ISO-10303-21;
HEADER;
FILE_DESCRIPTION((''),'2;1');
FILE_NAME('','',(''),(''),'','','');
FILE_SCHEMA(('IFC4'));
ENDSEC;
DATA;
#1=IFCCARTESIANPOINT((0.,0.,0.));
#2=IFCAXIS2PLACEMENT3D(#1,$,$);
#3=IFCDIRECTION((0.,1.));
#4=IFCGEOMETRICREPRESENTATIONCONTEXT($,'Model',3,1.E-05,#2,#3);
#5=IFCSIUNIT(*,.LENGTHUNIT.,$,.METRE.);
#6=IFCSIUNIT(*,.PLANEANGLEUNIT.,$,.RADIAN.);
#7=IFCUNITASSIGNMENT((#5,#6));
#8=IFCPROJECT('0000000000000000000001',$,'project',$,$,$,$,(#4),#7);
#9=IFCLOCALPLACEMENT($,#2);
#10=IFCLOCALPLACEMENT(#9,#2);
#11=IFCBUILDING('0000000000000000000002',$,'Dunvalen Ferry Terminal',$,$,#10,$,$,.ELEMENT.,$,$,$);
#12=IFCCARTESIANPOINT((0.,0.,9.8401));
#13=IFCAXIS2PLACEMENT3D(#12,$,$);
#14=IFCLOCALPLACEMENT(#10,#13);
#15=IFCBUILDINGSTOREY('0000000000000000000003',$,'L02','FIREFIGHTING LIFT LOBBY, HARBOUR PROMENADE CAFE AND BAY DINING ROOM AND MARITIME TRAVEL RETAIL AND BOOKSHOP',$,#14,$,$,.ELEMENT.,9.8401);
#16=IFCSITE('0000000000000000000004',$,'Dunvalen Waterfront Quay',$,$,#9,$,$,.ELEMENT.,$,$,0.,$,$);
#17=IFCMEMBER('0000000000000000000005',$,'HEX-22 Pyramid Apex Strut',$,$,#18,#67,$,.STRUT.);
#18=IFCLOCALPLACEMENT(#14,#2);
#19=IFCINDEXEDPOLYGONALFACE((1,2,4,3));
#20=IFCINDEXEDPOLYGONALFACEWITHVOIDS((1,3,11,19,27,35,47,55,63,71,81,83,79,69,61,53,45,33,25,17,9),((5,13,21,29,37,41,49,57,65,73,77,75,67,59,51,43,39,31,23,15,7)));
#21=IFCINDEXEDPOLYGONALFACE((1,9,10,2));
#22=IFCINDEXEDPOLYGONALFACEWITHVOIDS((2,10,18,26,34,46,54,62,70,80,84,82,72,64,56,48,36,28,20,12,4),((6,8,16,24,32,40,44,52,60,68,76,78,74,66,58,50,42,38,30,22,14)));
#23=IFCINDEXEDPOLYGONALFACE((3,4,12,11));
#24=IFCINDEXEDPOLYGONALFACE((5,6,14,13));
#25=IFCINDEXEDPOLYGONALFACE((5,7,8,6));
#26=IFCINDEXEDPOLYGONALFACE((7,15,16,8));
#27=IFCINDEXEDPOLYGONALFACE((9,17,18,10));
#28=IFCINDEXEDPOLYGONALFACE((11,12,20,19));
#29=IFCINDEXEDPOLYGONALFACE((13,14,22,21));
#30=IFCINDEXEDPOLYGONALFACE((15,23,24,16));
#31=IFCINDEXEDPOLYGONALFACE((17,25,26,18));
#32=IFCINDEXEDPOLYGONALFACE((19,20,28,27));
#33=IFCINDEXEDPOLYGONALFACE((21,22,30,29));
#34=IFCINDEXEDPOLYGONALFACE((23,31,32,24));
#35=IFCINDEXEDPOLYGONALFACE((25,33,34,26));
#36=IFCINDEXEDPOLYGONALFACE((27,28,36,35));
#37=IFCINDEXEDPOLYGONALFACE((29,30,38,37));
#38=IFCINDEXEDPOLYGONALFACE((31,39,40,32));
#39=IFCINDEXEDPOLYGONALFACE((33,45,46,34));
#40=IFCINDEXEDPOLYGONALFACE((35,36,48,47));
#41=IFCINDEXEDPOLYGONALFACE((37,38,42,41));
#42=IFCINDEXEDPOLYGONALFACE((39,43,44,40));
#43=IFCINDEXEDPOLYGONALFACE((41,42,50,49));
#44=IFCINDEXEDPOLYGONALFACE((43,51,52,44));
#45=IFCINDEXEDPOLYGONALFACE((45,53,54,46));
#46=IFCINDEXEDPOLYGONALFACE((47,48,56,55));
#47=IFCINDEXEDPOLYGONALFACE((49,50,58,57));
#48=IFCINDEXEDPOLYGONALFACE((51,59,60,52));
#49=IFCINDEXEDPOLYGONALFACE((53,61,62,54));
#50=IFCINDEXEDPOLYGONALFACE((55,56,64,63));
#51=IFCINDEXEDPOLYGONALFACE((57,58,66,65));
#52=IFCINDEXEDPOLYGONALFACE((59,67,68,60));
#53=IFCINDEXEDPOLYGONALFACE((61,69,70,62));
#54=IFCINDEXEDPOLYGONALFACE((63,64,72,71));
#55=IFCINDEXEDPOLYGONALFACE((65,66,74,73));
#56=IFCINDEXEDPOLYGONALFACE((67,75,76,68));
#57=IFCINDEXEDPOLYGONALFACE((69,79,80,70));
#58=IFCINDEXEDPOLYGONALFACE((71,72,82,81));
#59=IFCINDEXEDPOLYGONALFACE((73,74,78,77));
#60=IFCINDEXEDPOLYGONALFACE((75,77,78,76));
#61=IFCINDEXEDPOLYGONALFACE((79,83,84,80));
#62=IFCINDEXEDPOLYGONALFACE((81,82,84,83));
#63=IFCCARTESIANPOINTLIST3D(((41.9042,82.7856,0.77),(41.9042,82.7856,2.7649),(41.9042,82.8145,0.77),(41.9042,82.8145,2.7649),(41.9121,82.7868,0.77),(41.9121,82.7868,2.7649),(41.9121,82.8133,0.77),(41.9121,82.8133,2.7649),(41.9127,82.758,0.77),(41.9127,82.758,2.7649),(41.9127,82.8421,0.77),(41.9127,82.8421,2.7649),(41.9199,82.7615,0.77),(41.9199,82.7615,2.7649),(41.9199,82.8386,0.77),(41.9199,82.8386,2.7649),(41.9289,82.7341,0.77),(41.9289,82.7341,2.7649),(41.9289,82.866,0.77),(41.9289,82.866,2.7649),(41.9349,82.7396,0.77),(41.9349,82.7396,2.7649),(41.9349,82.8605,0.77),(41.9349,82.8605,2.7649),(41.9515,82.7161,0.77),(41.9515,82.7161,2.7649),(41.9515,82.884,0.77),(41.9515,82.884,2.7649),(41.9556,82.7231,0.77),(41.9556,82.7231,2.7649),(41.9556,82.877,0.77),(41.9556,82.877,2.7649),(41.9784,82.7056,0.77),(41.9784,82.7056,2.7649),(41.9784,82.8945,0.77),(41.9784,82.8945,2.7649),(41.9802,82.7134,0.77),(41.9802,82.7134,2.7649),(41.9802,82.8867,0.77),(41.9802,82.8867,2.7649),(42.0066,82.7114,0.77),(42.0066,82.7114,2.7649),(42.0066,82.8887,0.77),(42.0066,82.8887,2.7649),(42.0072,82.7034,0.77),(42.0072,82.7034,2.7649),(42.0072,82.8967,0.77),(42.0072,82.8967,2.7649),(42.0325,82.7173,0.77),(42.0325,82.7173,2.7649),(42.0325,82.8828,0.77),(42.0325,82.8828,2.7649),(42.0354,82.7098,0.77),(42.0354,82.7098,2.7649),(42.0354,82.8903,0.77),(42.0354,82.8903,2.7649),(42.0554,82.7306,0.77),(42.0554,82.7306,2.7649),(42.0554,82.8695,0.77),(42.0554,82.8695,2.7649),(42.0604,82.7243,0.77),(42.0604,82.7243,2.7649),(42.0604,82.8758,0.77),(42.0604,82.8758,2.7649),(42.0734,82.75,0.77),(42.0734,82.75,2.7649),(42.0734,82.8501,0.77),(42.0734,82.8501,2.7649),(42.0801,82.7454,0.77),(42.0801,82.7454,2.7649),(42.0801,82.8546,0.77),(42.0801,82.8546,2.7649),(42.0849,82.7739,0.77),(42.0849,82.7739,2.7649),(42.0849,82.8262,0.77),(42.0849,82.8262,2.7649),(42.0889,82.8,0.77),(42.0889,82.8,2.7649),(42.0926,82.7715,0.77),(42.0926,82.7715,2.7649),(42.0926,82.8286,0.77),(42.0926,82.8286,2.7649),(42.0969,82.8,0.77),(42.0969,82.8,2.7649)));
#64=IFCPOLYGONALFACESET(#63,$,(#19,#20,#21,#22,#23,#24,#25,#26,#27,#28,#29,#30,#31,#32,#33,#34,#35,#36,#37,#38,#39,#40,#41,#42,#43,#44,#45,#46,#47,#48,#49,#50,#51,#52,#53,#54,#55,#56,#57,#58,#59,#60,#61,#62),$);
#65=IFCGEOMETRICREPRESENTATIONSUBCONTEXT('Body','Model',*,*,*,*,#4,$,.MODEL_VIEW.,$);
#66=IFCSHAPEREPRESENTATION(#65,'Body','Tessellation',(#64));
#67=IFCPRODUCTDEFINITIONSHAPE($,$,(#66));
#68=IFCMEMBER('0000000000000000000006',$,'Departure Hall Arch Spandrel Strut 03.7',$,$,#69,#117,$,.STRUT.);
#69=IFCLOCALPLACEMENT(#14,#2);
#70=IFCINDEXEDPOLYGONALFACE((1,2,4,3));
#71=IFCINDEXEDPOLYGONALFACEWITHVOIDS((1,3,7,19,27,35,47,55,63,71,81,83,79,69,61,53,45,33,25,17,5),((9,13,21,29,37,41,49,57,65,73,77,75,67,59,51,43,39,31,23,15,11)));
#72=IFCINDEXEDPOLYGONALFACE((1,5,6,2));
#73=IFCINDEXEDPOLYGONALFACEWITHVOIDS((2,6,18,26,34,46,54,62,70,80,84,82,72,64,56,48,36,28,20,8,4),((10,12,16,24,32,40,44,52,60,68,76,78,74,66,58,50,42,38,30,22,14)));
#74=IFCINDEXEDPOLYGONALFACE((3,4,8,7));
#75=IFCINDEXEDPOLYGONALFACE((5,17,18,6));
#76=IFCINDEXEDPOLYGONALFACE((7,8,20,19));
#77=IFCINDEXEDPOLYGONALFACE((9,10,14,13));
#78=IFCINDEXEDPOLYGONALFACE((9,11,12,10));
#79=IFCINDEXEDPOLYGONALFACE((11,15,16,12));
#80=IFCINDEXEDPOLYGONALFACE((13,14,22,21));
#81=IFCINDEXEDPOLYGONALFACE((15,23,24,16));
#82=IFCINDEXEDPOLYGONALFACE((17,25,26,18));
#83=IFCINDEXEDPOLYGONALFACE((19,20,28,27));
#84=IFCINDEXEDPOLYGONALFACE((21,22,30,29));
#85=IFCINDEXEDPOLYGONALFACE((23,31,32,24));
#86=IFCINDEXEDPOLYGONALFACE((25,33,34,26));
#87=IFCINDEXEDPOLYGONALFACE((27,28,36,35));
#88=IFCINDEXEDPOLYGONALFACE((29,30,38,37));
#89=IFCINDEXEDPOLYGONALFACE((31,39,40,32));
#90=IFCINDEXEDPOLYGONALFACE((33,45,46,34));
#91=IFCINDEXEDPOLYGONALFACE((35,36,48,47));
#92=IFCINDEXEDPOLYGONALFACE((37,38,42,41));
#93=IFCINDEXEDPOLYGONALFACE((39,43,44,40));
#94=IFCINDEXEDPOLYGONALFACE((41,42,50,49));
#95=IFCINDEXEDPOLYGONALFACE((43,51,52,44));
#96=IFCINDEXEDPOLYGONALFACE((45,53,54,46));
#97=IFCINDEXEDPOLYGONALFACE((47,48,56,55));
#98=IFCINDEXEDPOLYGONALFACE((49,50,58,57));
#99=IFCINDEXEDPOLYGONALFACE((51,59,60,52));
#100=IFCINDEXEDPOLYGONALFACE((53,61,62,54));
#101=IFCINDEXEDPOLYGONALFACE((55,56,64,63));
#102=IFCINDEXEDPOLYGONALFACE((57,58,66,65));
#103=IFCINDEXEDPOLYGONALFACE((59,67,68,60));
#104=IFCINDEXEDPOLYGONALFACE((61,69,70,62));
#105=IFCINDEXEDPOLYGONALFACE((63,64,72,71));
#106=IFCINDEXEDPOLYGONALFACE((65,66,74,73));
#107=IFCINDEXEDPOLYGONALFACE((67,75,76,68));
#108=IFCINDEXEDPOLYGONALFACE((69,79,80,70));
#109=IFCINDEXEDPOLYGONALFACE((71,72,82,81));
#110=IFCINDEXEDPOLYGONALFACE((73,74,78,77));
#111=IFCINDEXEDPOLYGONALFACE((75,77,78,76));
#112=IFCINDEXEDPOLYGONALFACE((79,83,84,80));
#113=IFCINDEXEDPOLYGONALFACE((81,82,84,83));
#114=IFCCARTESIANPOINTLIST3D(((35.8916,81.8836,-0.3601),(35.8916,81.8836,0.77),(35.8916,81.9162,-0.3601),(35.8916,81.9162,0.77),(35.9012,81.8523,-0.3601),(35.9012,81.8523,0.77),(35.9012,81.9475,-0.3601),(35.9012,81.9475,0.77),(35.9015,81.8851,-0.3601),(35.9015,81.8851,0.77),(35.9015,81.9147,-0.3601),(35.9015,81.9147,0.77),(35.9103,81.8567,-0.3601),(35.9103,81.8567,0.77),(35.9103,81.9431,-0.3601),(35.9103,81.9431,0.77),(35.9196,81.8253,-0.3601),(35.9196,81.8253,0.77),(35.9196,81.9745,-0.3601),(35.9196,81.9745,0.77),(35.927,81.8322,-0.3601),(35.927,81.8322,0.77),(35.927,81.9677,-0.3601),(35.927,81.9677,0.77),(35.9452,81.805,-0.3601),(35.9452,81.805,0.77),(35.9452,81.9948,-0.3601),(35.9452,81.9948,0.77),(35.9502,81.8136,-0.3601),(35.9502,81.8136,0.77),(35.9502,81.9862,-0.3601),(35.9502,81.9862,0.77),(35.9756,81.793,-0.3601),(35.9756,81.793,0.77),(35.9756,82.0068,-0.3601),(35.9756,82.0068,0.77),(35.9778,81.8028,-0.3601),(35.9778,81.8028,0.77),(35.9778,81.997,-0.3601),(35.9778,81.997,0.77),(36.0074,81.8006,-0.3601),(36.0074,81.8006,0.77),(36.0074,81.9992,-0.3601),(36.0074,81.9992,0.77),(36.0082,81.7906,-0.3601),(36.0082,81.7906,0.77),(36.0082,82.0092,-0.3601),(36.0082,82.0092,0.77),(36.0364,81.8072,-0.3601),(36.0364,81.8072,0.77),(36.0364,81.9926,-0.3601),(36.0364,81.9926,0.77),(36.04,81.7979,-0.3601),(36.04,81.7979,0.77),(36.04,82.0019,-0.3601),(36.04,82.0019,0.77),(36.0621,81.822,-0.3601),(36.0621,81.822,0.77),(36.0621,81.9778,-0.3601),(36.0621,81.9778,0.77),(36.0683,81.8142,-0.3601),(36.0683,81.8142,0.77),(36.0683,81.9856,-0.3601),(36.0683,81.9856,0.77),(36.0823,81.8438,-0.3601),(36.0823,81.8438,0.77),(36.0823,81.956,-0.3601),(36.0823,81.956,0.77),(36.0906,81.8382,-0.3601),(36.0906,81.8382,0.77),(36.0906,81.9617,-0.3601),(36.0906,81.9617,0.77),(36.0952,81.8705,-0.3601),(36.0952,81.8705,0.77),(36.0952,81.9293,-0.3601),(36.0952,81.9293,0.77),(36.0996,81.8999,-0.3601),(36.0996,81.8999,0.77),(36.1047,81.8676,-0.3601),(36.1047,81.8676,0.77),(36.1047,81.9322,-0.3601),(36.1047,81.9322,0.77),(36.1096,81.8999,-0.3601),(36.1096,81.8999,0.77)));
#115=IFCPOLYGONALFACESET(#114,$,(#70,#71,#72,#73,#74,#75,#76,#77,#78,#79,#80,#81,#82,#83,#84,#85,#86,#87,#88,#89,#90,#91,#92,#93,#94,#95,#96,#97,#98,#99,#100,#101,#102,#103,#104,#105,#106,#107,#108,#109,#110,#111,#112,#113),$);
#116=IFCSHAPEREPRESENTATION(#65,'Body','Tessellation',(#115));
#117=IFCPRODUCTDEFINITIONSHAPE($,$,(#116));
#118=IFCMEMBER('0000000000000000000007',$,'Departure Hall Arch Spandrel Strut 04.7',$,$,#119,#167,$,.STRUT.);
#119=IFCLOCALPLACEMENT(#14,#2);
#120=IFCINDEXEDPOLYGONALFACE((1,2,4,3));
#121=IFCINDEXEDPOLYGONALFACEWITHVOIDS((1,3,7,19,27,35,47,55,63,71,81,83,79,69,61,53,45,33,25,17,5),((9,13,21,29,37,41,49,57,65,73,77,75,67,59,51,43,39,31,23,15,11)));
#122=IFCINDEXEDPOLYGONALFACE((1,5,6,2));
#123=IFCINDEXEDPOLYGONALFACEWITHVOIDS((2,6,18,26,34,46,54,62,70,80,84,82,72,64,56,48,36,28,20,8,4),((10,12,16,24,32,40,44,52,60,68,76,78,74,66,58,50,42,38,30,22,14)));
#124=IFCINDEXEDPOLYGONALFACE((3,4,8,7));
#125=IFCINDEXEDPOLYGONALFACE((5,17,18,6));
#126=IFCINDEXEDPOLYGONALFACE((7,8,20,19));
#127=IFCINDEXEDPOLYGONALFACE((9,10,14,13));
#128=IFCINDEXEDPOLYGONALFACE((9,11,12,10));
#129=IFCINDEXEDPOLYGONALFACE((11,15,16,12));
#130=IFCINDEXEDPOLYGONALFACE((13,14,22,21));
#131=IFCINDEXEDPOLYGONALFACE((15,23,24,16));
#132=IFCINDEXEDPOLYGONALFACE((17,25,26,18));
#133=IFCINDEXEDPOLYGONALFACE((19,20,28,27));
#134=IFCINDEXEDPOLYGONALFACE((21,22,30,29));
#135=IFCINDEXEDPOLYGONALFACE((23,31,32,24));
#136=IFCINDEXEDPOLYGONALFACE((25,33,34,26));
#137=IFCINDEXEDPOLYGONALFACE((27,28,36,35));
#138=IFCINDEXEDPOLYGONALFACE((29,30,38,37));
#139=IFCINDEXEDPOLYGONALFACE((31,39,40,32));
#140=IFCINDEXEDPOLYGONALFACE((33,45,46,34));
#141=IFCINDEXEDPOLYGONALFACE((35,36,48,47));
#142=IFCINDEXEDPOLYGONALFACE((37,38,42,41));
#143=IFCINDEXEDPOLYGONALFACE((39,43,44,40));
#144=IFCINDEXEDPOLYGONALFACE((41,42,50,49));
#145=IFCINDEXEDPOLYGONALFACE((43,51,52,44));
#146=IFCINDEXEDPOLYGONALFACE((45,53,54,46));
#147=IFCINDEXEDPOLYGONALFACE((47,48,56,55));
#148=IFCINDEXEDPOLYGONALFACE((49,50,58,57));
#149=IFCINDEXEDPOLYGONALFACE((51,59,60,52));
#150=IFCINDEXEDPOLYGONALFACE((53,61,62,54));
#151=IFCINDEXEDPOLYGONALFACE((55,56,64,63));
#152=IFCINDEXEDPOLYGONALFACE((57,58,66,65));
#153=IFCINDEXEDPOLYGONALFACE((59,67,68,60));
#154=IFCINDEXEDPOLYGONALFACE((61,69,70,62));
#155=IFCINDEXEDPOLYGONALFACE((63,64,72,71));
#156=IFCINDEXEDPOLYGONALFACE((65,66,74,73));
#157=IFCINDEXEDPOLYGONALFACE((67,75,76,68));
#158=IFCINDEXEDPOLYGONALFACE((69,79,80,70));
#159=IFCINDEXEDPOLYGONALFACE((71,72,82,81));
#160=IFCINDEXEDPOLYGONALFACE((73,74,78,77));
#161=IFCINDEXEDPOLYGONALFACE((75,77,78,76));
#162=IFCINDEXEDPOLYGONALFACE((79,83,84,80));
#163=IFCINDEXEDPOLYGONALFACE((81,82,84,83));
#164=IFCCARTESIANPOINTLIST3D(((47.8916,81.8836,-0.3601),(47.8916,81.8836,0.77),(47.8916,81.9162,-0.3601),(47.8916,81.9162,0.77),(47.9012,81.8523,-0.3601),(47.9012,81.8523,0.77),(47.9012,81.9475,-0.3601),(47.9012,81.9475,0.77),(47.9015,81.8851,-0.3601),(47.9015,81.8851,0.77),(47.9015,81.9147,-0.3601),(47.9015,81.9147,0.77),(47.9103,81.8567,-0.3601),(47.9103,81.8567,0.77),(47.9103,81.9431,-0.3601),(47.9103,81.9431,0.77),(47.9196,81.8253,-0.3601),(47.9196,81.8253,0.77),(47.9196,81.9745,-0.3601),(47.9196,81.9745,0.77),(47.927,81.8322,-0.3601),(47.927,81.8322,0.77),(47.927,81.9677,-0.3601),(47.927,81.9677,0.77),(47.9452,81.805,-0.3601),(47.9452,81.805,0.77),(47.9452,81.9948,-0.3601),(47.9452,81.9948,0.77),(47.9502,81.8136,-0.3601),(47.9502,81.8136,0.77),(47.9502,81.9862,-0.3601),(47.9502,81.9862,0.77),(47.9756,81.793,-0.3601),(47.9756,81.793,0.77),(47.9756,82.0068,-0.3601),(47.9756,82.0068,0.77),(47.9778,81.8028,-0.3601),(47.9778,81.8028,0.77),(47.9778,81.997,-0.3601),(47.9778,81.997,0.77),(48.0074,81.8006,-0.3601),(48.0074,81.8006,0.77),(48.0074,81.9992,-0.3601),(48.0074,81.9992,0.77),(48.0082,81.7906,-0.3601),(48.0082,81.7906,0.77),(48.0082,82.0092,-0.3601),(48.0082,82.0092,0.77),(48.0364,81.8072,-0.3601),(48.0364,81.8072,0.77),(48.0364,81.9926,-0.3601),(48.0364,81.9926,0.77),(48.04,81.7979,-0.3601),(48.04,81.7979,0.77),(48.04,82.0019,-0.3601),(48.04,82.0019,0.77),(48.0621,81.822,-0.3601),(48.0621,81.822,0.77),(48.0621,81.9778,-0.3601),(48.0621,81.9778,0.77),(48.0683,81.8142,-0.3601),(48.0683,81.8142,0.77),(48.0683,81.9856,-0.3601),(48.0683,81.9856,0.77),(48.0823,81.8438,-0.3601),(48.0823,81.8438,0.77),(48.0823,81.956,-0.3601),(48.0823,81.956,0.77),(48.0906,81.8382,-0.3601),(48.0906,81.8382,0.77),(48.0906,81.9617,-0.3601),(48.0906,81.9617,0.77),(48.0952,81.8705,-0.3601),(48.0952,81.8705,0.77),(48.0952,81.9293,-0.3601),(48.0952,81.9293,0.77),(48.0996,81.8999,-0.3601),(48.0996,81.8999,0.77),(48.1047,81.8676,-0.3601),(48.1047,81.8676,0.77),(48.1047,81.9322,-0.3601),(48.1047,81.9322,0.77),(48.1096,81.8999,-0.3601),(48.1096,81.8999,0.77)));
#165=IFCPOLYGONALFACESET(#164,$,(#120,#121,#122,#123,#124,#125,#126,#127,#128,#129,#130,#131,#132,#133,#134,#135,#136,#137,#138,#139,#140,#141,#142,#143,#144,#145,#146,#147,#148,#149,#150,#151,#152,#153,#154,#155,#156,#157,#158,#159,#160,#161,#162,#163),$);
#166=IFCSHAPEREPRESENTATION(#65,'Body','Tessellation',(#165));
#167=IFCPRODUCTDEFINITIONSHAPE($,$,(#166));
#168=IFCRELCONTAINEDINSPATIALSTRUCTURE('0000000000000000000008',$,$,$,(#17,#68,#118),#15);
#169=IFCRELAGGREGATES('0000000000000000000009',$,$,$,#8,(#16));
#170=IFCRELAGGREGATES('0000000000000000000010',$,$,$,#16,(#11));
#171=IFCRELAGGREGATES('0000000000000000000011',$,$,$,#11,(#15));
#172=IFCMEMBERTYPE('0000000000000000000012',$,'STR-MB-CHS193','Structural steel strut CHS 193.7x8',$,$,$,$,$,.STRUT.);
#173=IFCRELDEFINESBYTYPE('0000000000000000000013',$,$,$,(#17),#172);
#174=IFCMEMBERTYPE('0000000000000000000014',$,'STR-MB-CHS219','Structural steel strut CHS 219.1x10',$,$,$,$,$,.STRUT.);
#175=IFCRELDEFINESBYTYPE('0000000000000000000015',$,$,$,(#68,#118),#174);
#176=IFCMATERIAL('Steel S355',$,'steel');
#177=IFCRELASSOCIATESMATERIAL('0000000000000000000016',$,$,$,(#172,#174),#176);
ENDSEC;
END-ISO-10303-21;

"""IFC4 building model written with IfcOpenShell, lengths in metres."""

from ifc_helpers import new_model, si_unit, direction, frame, origin, origin_2d, place, context, subcontext, project, spatial, hollow_circle, extrude, material, material_profile, profile_set, type_object, element, save


model = new_model("IFC4")

# Units and contexts
model_context = context("Model", 3, precision=1e-05, world=origin(), true_north=direction((0.0, 1.0)))
body_context = subcontext(model_context, "Body", "Model", "MODEL_VIEW")
ifc_project = project(units=[si_unit("LENGTHUNIT", "METRE"), si_unit("PLANEANGLEUNIT", "RADIAN")], contexts=[model_context])

# Site, building, storey
site_placement = place(None, origin())
site = spatial("IfcSite", under=ifc_project, at=site_placement, Name="Dunvalen Waterfront Quay", CompositionType="ELEMENT", RefElevation=0.0)
building_placement = place(site_placement, origin())
building = spatial("IfcBuilding", under=site, at=building_placement, Name="Dunvalen Ferry Terminal", CompositionType="ELEMENT")
storey_placement = place(building_placement, frame((0.0, 0.0, 9.8401)))
storey = spatial("IfcBuildingStorey", under=building, at=storey_placement, Name="L02", Description="FIREFIGHTING LIFT LOBBY, HARBOUR PROMENADE CAFE AND BAY DINING ROOM AND MARITIME TRAVEL RETAIL AND BOOKSHOP", CompositionType="ELEMENT", Elevation=9.8401)

# Shared definitions
ifc_material_1 = material(Name="Steel S355", Category="steel")

# Members
ifc_material_profile_1 = material_profile(ifc_material_1, hollow_circle(Radius=0.0969, WallThickness=0.0081, at=origin_2d()), Name="Steel S355")
ifc_profile_set_1 = profile_set([ifc_material_profile_1], Name="Steel S355")
member_type_1 = type_object("IfcMemberType", Name="STR-MB-CHS193", Description="Structural steel strut CHS 193.7x8", PredefinedType="STRUT", material=ifc_profile_set_1)
member_1_placement = place(storey_placement, frame((42.0, 82.8, 0.77), z_axis=(0.0, 0.0, 1.0), x_axis=(1.0, 0.0, 0.0)))
element("IfcMember", 1, at=member_1_placement, inside=storey, type_object=member_type_1, Name="HEX-22 Pyramid Apex Strut", PredefinedType="STRUT", context=body_context, shape_type="SweptSolid", body=[
    extrude(hollow_circle(Radius=0.0969, WallThickness=0.0081, at=origin_2d()), origin(), (0.0, 0.0, 1.0), 1.9949),
])
ifc_material_profile_2 = material_profile(ifc_material_1, hollow_circle(Radius=0.1096, WallThickness=0.01, at=origin_2d()), Name="Steel S355")
ifc_profile_set_2 = profile_set([ifc_material_profile_2], Name="Steel S355")
member_type_2 = type_object("IfcMemberType", Name="STR-MB-CHS219", Description="Structural steel strut CHS 219.1x10", PredefinedType="STRUT", material=ifc_profile_set_2)
for number, where, z_axis, x_axis, name in (
    (2, (36.0, 81.8999, -0.3601), (0.0, 0.0, 1.0), (1.0, 0.0, 0.0), "Departure Hall Arch Spandrel Strut 03.7"),
    (3, (48.0, 81.8999, -0.3601), (0.0, 0.0, 1.0), (1.0, 0.0, 0.0), "Departure Hall Arch Spandrel Strut 04.7"),
):
    element("IfcMember", number, at=place(storey_placement, frame(where, z_axis=z_axis, x_axis=x_axis)), inside=storey, type_object=member_type_2, Name=name, PredefinedType="STRUT", context=body_context, shape_type="SweptSolid", body=[
        extrude(hollow_circle(Radius=0.1096, WallThickness=0.01, at=origin_2d()), origin(), (0.0, 0.0, 1.0), 1.1301),
    ])

save(model, "model.ifc")
